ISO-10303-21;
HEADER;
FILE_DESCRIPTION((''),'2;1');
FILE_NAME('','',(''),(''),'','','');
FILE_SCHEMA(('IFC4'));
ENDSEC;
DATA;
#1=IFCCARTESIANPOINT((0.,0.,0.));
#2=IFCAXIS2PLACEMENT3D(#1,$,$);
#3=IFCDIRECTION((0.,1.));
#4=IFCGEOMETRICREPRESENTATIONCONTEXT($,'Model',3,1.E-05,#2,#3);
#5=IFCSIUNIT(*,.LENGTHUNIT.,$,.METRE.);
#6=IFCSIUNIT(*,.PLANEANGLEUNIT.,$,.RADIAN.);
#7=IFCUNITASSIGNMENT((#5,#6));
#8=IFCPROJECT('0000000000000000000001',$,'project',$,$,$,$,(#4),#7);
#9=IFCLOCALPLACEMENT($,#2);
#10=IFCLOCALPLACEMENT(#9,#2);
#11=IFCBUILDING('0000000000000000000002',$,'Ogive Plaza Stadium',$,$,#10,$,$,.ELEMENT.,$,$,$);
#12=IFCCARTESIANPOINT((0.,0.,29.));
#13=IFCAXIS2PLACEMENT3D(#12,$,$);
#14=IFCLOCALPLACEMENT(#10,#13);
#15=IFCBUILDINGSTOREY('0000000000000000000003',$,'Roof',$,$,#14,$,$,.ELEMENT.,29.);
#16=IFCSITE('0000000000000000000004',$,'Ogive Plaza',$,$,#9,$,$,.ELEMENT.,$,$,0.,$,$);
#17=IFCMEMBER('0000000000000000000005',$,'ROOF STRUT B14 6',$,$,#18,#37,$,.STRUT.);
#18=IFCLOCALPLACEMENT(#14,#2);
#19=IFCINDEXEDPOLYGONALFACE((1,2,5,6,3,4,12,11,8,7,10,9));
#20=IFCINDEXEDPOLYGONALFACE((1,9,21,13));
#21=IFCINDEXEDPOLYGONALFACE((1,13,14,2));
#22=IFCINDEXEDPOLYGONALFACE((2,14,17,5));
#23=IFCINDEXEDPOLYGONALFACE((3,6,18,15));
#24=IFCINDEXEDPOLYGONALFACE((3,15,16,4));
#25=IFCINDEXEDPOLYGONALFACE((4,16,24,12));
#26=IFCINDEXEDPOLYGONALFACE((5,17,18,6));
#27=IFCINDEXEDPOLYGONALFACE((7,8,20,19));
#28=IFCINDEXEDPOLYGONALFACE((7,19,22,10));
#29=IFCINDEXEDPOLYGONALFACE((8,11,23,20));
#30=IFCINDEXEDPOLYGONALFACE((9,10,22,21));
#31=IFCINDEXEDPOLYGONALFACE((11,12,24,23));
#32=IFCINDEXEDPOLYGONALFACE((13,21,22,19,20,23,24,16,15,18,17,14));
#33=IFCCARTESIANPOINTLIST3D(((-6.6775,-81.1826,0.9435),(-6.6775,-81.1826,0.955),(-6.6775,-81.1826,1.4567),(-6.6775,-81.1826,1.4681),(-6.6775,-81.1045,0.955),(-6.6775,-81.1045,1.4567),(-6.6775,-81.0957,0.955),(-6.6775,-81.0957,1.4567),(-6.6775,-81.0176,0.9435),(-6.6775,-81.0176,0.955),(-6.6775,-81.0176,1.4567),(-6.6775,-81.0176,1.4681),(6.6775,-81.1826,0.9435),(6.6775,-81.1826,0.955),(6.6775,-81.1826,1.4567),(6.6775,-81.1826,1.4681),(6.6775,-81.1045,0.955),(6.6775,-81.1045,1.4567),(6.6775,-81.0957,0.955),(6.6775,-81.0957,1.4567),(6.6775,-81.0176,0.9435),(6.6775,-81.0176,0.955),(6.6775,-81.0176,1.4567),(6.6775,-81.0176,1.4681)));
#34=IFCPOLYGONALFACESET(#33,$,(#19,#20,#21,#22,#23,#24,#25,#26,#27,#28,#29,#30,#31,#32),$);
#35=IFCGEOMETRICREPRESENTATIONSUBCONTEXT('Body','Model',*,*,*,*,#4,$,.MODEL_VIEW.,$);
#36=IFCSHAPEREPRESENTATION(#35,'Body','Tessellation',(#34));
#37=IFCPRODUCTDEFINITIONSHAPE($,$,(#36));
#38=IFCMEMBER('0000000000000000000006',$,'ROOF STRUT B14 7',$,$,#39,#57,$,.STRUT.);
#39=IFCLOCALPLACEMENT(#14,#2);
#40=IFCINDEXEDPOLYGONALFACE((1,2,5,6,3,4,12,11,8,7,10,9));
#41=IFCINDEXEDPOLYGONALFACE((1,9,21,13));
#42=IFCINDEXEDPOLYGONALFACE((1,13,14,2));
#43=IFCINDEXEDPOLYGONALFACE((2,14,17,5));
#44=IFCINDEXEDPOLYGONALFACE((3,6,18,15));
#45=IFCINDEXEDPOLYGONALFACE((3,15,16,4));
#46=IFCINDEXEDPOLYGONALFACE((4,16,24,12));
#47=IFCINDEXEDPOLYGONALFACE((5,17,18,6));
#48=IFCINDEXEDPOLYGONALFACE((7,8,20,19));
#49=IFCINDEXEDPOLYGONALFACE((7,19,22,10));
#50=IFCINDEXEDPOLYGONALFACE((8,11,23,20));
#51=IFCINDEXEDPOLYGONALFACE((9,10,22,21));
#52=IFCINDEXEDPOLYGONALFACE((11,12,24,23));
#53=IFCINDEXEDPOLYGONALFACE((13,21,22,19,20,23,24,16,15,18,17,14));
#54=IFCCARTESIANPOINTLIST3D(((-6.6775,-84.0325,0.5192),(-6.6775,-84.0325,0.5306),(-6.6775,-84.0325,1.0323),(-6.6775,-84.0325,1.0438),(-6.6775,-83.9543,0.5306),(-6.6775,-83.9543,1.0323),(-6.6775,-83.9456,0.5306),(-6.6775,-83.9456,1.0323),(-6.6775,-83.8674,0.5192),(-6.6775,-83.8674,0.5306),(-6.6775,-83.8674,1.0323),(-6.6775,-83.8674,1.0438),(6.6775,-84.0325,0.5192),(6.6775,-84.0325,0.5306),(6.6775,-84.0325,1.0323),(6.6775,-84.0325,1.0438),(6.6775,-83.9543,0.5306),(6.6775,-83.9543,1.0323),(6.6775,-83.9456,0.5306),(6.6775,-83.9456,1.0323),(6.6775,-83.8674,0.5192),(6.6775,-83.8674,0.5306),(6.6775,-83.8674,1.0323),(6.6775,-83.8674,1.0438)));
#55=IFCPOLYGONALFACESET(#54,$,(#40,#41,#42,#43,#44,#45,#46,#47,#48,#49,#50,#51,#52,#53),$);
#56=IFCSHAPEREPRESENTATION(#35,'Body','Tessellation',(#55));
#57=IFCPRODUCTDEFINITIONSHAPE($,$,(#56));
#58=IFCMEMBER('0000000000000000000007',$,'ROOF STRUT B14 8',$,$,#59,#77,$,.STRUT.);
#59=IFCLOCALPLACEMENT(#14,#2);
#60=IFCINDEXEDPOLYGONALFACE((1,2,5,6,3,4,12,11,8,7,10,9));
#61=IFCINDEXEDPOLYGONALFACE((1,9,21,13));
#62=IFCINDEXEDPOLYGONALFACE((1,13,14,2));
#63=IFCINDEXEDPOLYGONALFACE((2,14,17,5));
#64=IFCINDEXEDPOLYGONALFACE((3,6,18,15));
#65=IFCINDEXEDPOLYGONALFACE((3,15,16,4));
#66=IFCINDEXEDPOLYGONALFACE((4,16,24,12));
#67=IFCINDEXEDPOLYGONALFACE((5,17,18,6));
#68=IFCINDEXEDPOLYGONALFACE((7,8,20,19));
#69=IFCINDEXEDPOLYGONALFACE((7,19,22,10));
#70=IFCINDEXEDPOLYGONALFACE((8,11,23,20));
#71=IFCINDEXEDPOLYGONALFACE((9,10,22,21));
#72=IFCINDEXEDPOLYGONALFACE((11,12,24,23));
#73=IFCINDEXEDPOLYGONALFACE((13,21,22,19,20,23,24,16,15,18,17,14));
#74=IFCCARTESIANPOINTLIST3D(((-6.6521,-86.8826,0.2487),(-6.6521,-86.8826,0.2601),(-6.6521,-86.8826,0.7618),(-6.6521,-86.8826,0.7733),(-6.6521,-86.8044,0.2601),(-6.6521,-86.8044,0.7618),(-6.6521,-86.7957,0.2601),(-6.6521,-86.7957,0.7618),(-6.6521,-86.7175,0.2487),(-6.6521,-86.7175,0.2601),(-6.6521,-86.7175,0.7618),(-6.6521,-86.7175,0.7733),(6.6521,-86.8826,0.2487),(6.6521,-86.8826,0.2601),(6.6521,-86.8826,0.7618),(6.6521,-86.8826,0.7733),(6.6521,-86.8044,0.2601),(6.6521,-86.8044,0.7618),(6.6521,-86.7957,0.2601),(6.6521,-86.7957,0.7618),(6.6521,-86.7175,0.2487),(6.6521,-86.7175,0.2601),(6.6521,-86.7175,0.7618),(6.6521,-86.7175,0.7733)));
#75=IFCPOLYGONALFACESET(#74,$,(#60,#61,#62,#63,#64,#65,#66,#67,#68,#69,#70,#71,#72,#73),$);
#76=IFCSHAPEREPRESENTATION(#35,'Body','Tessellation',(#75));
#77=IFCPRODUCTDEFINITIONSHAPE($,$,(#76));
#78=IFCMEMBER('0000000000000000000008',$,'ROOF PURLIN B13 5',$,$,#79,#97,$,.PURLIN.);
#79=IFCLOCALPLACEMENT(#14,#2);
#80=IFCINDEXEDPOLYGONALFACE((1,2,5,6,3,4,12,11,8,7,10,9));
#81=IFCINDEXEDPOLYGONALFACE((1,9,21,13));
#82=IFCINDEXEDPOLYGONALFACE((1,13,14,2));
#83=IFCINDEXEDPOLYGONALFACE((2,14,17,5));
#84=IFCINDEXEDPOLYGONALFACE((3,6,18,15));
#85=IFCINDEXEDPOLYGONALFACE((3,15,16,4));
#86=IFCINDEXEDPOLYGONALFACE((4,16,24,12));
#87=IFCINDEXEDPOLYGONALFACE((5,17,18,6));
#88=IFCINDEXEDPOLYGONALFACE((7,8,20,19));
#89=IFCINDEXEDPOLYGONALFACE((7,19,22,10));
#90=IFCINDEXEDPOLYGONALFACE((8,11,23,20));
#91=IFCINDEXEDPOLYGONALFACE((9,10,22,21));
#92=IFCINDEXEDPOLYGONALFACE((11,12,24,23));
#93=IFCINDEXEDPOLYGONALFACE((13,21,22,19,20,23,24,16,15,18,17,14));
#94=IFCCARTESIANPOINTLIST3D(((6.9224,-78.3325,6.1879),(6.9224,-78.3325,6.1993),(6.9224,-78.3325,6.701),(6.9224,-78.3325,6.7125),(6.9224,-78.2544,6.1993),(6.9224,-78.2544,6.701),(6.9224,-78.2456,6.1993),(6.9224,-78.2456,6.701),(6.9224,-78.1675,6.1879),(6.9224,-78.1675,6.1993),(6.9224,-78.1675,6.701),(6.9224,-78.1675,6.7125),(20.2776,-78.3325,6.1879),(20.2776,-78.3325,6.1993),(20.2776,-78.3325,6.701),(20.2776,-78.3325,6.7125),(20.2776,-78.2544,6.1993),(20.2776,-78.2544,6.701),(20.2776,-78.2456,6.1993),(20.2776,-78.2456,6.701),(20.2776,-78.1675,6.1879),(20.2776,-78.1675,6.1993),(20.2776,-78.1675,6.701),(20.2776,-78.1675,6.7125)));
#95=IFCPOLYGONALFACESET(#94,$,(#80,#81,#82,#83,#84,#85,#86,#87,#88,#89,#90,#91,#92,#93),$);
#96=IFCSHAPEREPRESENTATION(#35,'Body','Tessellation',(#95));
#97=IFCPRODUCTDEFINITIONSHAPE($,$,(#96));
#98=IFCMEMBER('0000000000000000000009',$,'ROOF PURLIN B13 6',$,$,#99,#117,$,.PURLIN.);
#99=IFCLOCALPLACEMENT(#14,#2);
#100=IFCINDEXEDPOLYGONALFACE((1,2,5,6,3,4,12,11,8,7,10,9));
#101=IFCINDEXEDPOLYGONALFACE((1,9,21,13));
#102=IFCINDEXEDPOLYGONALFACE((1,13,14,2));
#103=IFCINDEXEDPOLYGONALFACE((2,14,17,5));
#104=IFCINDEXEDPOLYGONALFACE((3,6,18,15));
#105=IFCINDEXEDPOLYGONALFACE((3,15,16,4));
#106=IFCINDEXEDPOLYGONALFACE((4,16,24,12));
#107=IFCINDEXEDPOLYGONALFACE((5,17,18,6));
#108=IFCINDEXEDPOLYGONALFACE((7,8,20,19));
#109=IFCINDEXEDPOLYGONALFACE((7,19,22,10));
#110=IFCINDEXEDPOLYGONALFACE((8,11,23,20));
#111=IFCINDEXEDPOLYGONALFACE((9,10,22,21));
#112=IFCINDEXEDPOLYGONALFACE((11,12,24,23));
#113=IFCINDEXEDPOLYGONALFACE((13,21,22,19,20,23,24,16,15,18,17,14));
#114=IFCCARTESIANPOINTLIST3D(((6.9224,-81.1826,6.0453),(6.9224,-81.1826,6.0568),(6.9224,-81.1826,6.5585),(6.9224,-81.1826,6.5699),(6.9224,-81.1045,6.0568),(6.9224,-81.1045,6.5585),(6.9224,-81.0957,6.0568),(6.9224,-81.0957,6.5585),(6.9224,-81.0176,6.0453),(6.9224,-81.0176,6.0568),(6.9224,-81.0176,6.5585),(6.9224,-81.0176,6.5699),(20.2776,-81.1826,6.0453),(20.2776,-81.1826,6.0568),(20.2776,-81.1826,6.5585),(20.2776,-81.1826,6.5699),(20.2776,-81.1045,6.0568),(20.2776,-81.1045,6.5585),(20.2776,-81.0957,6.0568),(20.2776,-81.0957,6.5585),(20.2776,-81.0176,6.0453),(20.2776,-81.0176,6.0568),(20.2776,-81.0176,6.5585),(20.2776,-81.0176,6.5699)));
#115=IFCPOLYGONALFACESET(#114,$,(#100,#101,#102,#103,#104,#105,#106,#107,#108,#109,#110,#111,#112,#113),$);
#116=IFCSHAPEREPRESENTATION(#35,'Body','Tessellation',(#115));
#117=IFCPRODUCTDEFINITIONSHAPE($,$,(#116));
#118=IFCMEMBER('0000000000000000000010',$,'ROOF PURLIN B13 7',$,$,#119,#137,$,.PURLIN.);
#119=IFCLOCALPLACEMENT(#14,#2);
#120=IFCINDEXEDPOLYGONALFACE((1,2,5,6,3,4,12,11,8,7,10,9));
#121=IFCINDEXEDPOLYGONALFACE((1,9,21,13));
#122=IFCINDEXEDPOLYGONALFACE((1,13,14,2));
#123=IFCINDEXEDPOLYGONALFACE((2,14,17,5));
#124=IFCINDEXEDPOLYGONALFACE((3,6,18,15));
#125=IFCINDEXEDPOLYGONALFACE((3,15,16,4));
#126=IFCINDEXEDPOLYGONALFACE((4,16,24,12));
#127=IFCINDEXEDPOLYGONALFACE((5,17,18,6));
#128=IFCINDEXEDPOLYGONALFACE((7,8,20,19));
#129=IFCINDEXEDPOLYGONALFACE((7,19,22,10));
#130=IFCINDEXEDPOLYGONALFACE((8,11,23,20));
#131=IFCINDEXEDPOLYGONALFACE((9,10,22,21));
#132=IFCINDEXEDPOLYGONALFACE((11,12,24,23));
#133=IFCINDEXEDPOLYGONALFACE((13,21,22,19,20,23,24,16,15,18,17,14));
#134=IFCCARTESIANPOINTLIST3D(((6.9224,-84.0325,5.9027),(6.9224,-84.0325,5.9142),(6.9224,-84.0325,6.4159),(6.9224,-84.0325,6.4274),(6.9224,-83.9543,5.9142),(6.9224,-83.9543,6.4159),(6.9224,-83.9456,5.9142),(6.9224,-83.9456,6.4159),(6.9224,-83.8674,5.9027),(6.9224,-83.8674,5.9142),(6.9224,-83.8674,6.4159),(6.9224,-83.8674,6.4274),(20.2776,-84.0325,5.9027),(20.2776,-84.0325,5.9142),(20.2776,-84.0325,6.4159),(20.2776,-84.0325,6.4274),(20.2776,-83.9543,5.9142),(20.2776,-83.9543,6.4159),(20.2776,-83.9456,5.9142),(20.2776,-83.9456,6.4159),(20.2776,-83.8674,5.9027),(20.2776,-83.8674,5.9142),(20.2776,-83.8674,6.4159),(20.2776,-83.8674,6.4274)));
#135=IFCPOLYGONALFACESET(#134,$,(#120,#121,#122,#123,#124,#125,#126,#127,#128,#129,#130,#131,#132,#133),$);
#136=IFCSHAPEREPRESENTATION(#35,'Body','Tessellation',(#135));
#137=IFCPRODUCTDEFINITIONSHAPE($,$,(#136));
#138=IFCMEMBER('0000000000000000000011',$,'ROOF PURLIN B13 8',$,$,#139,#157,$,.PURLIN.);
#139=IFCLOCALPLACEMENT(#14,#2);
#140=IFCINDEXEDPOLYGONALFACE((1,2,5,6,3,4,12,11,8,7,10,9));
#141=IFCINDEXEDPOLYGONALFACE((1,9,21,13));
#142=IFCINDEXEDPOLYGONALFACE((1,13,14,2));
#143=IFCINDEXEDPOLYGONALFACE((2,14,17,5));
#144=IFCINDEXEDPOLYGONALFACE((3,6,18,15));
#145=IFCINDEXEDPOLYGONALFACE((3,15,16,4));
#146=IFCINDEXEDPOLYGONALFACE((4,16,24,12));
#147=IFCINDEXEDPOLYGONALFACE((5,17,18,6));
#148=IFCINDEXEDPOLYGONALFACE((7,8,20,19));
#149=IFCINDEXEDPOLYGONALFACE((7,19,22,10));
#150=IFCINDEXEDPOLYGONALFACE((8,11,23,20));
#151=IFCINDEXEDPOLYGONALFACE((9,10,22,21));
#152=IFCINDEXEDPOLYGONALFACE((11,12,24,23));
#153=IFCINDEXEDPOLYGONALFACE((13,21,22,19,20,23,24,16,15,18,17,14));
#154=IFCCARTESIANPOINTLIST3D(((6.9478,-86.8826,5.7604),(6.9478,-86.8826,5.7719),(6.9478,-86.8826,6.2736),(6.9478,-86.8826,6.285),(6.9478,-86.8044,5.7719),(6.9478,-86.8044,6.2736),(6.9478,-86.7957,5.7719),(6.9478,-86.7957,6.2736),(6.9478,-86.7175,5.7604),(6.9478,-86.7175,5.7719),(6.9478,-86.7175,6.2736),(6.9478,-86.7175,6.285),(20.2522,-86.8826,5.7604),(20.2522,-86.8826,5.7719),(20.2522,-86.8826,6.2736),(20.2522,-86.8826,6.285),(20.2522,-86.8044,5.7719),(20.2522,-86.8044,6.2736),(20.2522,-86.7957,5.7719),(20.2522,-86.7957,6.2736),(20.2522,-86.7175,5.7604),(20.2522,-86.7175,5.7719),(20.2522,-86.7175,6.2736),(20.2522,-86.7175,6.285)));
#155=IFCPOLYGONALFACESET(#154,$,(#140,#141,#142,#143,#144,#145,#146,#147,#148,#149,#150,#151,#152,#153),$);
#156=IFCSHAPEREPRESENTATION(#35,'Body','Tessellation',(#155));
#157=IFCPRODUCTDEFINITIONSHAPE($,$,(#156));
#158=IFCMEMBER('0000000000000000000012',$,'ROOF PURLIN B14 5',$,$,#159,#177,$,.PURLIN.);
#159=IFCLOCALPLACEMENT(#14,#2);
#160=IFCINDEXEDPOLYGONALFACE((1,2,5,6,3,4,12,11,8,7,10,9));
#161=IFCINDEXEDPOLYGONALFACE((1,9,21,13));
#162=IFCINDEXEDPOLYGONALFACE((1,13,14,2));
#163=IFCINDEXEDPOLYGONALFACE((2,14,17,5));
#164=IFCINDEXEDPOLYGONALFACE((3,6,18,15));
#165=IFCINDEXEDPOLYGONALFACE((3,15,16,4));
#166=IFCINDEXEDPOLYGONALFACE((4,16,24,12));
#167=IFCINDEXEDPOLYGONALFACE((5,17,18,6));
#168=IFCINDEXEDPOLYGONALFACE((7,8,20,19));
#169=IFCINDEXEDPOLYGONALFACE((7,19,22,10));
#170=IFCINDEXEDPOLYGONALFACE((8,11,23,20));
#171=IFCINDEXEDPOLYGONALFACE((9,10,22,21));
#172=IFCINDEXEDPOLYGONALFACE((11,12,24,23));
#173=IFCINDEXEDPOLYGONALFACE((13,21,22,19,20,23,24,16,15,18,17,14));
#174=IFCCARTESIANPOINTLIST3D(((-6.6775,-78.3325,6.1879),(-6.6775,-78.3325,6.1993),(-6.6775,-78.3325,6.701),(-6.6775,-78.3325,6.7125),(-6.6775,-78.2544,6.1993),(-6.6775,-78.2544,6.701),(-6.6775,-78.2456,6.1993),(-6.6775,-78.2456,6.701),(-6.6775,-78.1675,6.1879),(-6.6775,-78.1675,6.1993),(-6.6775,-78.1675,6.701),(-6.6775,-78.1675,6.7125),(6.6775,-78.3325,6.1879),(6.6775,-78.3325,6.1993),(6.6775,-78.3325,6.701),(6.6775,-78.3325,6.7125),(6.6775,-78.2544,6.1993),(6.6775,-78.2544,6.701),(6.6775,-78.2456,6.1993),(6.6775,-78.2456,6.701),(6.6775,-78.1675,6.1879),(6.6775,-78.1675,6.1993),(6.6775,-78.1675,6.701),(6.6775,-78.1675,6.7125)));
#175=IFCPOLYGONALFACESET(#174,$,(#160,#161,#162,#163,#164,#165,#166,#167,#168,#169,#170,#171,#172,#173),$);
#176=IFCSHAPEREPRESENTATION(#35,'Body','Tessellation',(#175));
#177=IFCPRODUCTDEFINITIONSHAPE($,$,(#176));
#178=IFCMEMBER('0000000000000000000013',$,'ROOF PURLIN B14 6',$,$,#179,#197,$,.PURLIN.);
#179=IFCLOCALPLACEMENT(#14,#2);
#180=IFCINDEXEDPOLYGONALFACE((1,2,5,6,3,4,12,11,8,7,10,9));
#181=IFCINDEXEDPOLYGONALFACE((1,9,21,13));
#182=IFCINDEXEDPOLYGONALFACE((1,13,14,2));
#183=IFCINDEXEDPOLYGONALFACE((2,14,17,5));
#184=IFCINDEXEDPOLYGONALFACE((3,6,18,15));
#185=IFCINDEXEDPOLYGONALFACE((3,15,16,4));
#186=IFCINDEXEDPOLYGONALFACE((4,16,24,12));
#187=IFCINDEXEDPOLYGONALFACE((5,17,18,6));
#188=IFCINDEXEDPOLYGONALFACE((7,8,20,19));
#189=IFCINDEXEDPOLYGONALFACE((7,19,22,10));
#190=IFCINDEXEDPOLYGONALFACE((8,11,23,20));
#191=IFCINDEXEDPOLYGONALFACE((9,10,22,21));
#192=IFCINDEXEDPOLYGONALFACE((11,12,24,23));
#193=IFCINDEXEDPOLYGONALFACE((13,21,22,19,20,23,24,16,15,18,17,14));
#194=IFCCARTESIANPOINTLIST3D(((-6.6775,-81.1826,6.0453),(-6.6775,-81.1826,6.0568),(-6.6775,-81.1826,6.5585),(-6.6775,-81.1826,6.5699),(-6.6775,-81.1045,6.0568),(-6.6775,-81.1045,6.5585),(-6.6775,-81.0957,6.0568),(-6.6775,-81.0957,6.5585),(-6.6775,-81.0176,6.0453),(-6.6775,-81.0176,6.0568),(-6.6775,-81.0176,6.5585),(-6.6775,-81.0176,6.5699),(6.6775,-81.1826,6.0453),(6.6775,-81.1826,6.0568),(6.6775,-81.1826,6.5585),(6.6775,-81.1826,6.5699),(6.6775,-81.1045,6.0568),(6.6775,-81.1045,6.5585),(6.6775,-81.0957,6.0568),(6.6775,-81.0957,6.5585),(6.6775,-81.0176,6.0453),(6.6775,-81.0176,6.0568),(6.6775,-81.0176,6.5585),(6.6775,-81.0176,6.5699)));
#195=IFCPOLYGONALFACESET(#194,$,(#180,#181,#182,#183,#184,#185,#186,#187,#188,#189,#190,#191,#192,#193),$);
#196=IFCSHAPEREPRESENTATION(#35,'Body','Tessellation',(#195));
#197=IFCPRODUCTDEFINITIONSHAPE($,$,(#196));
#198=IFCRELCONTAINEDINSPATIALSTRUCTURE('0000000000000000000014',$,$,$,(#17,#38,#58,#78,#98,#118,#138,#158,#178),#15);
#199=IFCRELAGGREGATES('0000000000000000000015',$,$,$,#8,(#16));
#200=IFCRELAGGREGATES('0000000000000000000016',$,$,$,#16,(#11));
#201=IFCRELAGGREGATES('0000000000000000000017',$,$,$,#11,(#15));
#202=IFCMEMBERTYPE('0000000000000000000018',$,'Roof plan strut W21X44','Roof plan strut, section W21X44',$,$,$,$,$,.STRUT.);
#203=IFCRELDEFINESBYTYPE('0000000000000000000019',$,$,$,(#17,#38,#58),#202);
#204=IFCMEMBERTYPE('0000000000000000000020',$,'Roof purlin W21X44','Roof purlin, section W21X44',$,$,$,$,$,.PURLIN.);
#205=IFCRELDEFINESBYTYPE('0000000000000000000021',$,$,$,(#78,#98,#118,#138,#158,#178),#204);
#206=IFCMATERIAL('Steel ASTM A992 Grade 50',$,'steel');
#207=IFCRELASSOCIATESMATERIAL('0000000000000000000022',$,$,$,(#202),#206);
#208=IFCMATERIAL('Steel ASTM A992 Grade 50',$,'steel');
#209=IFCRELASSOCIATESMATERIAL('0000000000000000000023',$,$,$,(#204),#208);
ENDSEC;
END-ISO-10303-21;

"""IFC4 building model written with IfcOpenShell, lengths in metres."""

from ifc_helpers import new_model, si_unit, direction, frame, origin, origin_2d, place, context, subcontext, project, spatial, i_section, extrude, material, material_profile, profile_set, type_object, element, save


model = new_model("IFC4")

# Units and contexts
model_context = context("Model", 3, precision=1e-05, world=origin(), true_north=direction((0.0, 1.0)))
body_context = subcontext(model_context, "Body", "Model", "MODEL_VIEW")
ifc_project = project(units=[si_unit("LENGTHUNIT", "METRE"), si_unit("PLANEANGLEUNIT", "RADIAN")], contexts=[model_context])

# Site, building, storey
site_placement = place(None, origin())
site = spatial("IfcSite", under=ifc_project, at=site_placement, Name="Ogive Plaza", CompositionType="ELEMENT", RefElevation=0.0)
building_placement = place(site_placement, origin())
building = spatial("IfcBuilding", under=site, at=building_placement, Name="Ogive Plaza Stadium", CompositionType="ELEMENT")
storey_placement = place(building_placement, frame((0.0, 0.0, 29.0)))
storey = spatial("IfcBuildingStorey", under=building, at=storey_placement, Name="Roof", CompositionType="ELEMENT", Elevation=29.0)

# Members
ifc_material_1 = material(Name="Steel ASTM A992 Grade 50", Category="steel")
ifc_material_profile_1 = material_profile(ifc_material_1, i_section(OverallWidth=0.165, OverallDepth=0.5247, WebThickness=0.0088, FlangeThickness=0.0115, at=origin_2d()), Name="W21X44")
ifc_profile_set_1 = profile_set([ifc_material_profile_1], Name="Steel ASTM A992 Grade 50")
member_type_1 = type_object("IfcMemberType", Name="Roof plan strut W21X44", Description="Roof plan strut, section W21X44", PredefinedType="STRUT", material=ifc_profile_set_1)
for number, where, z_axis, x_axis, name in (
    (1, (6.6775, -81.1001, 1.2058), (-1.0, 0.0, 0.0), (0.0, -1.0, 0.0), "ROOF STRUT B14 6"),
    (2, (6.6775, -83.95, 0.7815), (-1.0, 0.0, 0.0), (0.0, -1.0, 0.0), "ROOF STRUT B14 7"),
):
    element("IfcMember", number, at=place(storey_placement, frame(where, z_axis=z_axis, x_axis=x_axis)), inside=storey, type_object=member_type_1, Name=name, PredefinedType="STRUT", context=body_context, shape_type="SweptSolid", body=[
        extrude(i_section(OverallWidth=0.165, OverallDepth=0.5247, WebThickness=0.0088, FlangeThickness=0.0115, at=origin_2d()), origin(), (0.0, 0.0, 1.0), 13.355),
    ])
member_1_placement = place(storey_placement, frame((6.6521, -86.8, 0.511), z_axis=(-1.0, 0.0, 0.0), x_axis=(0.0, -1.0, 0.0)))
element("IfcMember", 3, at=member_1_placement, inside=storey, type_object=member_type_1, Name="ROOF STRUT B14 8", PredefinedType="STRUT", context=body_context, shape_type="SweptSolid", body=[
    extrude(i_section(OverallWidth=0.165, OverallDepth=0.5247, WebThickness=0.0088, FlangeThickness=0.0115, at=origin_2d()), origin(), (0.0, 0.0, 1.0), 13.3042),
])
ifc_material_2 = material(Name="Steel ASTM A992 Grade 50", Category="steel")
ifc_material_profile_2 = material_profile(ifc_material_2, i_section(OverallWidth=0.165, OverallDepth=0.5247, WebThickness=0.0088, FlangeThickness=0.0115, at=origin_2d()), Name="W21X44")
ifc_profile_set_2 = profile_set([ifc_material_profile_2], Name="Steel ASTM A992 Grade 50")
member_type_2 = type_object("IfcMemberType", Name="Roof purlin W21X44", Description="Roof purlin, section W21X44", PredefinedType="PURLIN", material=ifc_profile_set_2)
for number, where, z_axis, x_axis, name in (
    (4, (20.2776, -78.25, 6.4502), (-1.0, 0.0, 0.0), (0.0, -1.0, 0.0), "ROOF PURLIN B13 5"),
    (5, (20.2776, -81.1001, 6.3076), (-1.0, 0.0, 0.0), (0.0, -1.0, 0.0), "ROOF PURLIN B13 6"),
    (6, (20.2776, -83.95, 6.165), (-1.0, 0.0, 0.0), (0.0, -1.0, 0.0), "ROOF PURLIN B13 7"),
):
    element("IfcMember", number, at=place(storey_placement, frame(where, z_axis=z_axis, x_axis=x_axis)), inside=storey, type_object=member_type_2, Name=name, PredefinedType="PURLIN", context=body_context, shape_type="SweptSolid", body=[
        extrude(i_section(OverallWidth=0.165, OverallDepth=0.5247, WebThickness=0.0088, FlangeThickness=0.0115, at=origin_2d()), origin(), (0.0, 0.0, 1.0), 13.3552),
    ])
member_2_placement = place(storey_placement, frame((20.2522, -86.8, 6.0227), z_axis=(-1.0, 0.0, 0.0), x_axis=(0.0, -1.0, 0.0)))
element("IfcMember", 7, at=member_2_placement, inside=storey, type_object=member_type_2, Name="ROOF PURLIN B13 8", PredefinedType="PURLIN", context=body_context, shape_type="SweptSolid", body=[
    extrude(i_section(OverallWidth=0.165, OverallDepth=0.5247, WebThickness=0.0088, FlangeThickness=0.0115, at=origin_2d()), origin(), (0.0, 0.0, 1.0), 13.3044),
])
for number, where, z_axis, x_axis, name in (
    (8, (6.6775, -78.25, 6.4502), (-1.0, 0.0, 0.0), (0.0, -1.0, 0.0), "ROOF PURLIN B14 5"),
    (9, (6.6775, -81.1001, 6.3076), (-1.0, 0.0, 0.0), (0.0, -1.0, 0.0), "ROOF PURLIN B14 6"),
):
    element("IfcMember", number, at=place(storey_placement, frame(where, z_axis=z_axis, x_axis=x_axis)), inside=storey, type_object=member_type_2, Name=name, PredefinedType="PURLIN", context=body_context, shape_type="SweptSolid", body=[
        extrude(i_section(OverallWidth=0.165, OverallDepth=0.5247, WebThickness=0.0088, FlangeThickness=0.0115, at=origin_2d()), origin(), (0.0, 0.0, 1.0), 13.355),
    ])

save(model, "model.ifc")
